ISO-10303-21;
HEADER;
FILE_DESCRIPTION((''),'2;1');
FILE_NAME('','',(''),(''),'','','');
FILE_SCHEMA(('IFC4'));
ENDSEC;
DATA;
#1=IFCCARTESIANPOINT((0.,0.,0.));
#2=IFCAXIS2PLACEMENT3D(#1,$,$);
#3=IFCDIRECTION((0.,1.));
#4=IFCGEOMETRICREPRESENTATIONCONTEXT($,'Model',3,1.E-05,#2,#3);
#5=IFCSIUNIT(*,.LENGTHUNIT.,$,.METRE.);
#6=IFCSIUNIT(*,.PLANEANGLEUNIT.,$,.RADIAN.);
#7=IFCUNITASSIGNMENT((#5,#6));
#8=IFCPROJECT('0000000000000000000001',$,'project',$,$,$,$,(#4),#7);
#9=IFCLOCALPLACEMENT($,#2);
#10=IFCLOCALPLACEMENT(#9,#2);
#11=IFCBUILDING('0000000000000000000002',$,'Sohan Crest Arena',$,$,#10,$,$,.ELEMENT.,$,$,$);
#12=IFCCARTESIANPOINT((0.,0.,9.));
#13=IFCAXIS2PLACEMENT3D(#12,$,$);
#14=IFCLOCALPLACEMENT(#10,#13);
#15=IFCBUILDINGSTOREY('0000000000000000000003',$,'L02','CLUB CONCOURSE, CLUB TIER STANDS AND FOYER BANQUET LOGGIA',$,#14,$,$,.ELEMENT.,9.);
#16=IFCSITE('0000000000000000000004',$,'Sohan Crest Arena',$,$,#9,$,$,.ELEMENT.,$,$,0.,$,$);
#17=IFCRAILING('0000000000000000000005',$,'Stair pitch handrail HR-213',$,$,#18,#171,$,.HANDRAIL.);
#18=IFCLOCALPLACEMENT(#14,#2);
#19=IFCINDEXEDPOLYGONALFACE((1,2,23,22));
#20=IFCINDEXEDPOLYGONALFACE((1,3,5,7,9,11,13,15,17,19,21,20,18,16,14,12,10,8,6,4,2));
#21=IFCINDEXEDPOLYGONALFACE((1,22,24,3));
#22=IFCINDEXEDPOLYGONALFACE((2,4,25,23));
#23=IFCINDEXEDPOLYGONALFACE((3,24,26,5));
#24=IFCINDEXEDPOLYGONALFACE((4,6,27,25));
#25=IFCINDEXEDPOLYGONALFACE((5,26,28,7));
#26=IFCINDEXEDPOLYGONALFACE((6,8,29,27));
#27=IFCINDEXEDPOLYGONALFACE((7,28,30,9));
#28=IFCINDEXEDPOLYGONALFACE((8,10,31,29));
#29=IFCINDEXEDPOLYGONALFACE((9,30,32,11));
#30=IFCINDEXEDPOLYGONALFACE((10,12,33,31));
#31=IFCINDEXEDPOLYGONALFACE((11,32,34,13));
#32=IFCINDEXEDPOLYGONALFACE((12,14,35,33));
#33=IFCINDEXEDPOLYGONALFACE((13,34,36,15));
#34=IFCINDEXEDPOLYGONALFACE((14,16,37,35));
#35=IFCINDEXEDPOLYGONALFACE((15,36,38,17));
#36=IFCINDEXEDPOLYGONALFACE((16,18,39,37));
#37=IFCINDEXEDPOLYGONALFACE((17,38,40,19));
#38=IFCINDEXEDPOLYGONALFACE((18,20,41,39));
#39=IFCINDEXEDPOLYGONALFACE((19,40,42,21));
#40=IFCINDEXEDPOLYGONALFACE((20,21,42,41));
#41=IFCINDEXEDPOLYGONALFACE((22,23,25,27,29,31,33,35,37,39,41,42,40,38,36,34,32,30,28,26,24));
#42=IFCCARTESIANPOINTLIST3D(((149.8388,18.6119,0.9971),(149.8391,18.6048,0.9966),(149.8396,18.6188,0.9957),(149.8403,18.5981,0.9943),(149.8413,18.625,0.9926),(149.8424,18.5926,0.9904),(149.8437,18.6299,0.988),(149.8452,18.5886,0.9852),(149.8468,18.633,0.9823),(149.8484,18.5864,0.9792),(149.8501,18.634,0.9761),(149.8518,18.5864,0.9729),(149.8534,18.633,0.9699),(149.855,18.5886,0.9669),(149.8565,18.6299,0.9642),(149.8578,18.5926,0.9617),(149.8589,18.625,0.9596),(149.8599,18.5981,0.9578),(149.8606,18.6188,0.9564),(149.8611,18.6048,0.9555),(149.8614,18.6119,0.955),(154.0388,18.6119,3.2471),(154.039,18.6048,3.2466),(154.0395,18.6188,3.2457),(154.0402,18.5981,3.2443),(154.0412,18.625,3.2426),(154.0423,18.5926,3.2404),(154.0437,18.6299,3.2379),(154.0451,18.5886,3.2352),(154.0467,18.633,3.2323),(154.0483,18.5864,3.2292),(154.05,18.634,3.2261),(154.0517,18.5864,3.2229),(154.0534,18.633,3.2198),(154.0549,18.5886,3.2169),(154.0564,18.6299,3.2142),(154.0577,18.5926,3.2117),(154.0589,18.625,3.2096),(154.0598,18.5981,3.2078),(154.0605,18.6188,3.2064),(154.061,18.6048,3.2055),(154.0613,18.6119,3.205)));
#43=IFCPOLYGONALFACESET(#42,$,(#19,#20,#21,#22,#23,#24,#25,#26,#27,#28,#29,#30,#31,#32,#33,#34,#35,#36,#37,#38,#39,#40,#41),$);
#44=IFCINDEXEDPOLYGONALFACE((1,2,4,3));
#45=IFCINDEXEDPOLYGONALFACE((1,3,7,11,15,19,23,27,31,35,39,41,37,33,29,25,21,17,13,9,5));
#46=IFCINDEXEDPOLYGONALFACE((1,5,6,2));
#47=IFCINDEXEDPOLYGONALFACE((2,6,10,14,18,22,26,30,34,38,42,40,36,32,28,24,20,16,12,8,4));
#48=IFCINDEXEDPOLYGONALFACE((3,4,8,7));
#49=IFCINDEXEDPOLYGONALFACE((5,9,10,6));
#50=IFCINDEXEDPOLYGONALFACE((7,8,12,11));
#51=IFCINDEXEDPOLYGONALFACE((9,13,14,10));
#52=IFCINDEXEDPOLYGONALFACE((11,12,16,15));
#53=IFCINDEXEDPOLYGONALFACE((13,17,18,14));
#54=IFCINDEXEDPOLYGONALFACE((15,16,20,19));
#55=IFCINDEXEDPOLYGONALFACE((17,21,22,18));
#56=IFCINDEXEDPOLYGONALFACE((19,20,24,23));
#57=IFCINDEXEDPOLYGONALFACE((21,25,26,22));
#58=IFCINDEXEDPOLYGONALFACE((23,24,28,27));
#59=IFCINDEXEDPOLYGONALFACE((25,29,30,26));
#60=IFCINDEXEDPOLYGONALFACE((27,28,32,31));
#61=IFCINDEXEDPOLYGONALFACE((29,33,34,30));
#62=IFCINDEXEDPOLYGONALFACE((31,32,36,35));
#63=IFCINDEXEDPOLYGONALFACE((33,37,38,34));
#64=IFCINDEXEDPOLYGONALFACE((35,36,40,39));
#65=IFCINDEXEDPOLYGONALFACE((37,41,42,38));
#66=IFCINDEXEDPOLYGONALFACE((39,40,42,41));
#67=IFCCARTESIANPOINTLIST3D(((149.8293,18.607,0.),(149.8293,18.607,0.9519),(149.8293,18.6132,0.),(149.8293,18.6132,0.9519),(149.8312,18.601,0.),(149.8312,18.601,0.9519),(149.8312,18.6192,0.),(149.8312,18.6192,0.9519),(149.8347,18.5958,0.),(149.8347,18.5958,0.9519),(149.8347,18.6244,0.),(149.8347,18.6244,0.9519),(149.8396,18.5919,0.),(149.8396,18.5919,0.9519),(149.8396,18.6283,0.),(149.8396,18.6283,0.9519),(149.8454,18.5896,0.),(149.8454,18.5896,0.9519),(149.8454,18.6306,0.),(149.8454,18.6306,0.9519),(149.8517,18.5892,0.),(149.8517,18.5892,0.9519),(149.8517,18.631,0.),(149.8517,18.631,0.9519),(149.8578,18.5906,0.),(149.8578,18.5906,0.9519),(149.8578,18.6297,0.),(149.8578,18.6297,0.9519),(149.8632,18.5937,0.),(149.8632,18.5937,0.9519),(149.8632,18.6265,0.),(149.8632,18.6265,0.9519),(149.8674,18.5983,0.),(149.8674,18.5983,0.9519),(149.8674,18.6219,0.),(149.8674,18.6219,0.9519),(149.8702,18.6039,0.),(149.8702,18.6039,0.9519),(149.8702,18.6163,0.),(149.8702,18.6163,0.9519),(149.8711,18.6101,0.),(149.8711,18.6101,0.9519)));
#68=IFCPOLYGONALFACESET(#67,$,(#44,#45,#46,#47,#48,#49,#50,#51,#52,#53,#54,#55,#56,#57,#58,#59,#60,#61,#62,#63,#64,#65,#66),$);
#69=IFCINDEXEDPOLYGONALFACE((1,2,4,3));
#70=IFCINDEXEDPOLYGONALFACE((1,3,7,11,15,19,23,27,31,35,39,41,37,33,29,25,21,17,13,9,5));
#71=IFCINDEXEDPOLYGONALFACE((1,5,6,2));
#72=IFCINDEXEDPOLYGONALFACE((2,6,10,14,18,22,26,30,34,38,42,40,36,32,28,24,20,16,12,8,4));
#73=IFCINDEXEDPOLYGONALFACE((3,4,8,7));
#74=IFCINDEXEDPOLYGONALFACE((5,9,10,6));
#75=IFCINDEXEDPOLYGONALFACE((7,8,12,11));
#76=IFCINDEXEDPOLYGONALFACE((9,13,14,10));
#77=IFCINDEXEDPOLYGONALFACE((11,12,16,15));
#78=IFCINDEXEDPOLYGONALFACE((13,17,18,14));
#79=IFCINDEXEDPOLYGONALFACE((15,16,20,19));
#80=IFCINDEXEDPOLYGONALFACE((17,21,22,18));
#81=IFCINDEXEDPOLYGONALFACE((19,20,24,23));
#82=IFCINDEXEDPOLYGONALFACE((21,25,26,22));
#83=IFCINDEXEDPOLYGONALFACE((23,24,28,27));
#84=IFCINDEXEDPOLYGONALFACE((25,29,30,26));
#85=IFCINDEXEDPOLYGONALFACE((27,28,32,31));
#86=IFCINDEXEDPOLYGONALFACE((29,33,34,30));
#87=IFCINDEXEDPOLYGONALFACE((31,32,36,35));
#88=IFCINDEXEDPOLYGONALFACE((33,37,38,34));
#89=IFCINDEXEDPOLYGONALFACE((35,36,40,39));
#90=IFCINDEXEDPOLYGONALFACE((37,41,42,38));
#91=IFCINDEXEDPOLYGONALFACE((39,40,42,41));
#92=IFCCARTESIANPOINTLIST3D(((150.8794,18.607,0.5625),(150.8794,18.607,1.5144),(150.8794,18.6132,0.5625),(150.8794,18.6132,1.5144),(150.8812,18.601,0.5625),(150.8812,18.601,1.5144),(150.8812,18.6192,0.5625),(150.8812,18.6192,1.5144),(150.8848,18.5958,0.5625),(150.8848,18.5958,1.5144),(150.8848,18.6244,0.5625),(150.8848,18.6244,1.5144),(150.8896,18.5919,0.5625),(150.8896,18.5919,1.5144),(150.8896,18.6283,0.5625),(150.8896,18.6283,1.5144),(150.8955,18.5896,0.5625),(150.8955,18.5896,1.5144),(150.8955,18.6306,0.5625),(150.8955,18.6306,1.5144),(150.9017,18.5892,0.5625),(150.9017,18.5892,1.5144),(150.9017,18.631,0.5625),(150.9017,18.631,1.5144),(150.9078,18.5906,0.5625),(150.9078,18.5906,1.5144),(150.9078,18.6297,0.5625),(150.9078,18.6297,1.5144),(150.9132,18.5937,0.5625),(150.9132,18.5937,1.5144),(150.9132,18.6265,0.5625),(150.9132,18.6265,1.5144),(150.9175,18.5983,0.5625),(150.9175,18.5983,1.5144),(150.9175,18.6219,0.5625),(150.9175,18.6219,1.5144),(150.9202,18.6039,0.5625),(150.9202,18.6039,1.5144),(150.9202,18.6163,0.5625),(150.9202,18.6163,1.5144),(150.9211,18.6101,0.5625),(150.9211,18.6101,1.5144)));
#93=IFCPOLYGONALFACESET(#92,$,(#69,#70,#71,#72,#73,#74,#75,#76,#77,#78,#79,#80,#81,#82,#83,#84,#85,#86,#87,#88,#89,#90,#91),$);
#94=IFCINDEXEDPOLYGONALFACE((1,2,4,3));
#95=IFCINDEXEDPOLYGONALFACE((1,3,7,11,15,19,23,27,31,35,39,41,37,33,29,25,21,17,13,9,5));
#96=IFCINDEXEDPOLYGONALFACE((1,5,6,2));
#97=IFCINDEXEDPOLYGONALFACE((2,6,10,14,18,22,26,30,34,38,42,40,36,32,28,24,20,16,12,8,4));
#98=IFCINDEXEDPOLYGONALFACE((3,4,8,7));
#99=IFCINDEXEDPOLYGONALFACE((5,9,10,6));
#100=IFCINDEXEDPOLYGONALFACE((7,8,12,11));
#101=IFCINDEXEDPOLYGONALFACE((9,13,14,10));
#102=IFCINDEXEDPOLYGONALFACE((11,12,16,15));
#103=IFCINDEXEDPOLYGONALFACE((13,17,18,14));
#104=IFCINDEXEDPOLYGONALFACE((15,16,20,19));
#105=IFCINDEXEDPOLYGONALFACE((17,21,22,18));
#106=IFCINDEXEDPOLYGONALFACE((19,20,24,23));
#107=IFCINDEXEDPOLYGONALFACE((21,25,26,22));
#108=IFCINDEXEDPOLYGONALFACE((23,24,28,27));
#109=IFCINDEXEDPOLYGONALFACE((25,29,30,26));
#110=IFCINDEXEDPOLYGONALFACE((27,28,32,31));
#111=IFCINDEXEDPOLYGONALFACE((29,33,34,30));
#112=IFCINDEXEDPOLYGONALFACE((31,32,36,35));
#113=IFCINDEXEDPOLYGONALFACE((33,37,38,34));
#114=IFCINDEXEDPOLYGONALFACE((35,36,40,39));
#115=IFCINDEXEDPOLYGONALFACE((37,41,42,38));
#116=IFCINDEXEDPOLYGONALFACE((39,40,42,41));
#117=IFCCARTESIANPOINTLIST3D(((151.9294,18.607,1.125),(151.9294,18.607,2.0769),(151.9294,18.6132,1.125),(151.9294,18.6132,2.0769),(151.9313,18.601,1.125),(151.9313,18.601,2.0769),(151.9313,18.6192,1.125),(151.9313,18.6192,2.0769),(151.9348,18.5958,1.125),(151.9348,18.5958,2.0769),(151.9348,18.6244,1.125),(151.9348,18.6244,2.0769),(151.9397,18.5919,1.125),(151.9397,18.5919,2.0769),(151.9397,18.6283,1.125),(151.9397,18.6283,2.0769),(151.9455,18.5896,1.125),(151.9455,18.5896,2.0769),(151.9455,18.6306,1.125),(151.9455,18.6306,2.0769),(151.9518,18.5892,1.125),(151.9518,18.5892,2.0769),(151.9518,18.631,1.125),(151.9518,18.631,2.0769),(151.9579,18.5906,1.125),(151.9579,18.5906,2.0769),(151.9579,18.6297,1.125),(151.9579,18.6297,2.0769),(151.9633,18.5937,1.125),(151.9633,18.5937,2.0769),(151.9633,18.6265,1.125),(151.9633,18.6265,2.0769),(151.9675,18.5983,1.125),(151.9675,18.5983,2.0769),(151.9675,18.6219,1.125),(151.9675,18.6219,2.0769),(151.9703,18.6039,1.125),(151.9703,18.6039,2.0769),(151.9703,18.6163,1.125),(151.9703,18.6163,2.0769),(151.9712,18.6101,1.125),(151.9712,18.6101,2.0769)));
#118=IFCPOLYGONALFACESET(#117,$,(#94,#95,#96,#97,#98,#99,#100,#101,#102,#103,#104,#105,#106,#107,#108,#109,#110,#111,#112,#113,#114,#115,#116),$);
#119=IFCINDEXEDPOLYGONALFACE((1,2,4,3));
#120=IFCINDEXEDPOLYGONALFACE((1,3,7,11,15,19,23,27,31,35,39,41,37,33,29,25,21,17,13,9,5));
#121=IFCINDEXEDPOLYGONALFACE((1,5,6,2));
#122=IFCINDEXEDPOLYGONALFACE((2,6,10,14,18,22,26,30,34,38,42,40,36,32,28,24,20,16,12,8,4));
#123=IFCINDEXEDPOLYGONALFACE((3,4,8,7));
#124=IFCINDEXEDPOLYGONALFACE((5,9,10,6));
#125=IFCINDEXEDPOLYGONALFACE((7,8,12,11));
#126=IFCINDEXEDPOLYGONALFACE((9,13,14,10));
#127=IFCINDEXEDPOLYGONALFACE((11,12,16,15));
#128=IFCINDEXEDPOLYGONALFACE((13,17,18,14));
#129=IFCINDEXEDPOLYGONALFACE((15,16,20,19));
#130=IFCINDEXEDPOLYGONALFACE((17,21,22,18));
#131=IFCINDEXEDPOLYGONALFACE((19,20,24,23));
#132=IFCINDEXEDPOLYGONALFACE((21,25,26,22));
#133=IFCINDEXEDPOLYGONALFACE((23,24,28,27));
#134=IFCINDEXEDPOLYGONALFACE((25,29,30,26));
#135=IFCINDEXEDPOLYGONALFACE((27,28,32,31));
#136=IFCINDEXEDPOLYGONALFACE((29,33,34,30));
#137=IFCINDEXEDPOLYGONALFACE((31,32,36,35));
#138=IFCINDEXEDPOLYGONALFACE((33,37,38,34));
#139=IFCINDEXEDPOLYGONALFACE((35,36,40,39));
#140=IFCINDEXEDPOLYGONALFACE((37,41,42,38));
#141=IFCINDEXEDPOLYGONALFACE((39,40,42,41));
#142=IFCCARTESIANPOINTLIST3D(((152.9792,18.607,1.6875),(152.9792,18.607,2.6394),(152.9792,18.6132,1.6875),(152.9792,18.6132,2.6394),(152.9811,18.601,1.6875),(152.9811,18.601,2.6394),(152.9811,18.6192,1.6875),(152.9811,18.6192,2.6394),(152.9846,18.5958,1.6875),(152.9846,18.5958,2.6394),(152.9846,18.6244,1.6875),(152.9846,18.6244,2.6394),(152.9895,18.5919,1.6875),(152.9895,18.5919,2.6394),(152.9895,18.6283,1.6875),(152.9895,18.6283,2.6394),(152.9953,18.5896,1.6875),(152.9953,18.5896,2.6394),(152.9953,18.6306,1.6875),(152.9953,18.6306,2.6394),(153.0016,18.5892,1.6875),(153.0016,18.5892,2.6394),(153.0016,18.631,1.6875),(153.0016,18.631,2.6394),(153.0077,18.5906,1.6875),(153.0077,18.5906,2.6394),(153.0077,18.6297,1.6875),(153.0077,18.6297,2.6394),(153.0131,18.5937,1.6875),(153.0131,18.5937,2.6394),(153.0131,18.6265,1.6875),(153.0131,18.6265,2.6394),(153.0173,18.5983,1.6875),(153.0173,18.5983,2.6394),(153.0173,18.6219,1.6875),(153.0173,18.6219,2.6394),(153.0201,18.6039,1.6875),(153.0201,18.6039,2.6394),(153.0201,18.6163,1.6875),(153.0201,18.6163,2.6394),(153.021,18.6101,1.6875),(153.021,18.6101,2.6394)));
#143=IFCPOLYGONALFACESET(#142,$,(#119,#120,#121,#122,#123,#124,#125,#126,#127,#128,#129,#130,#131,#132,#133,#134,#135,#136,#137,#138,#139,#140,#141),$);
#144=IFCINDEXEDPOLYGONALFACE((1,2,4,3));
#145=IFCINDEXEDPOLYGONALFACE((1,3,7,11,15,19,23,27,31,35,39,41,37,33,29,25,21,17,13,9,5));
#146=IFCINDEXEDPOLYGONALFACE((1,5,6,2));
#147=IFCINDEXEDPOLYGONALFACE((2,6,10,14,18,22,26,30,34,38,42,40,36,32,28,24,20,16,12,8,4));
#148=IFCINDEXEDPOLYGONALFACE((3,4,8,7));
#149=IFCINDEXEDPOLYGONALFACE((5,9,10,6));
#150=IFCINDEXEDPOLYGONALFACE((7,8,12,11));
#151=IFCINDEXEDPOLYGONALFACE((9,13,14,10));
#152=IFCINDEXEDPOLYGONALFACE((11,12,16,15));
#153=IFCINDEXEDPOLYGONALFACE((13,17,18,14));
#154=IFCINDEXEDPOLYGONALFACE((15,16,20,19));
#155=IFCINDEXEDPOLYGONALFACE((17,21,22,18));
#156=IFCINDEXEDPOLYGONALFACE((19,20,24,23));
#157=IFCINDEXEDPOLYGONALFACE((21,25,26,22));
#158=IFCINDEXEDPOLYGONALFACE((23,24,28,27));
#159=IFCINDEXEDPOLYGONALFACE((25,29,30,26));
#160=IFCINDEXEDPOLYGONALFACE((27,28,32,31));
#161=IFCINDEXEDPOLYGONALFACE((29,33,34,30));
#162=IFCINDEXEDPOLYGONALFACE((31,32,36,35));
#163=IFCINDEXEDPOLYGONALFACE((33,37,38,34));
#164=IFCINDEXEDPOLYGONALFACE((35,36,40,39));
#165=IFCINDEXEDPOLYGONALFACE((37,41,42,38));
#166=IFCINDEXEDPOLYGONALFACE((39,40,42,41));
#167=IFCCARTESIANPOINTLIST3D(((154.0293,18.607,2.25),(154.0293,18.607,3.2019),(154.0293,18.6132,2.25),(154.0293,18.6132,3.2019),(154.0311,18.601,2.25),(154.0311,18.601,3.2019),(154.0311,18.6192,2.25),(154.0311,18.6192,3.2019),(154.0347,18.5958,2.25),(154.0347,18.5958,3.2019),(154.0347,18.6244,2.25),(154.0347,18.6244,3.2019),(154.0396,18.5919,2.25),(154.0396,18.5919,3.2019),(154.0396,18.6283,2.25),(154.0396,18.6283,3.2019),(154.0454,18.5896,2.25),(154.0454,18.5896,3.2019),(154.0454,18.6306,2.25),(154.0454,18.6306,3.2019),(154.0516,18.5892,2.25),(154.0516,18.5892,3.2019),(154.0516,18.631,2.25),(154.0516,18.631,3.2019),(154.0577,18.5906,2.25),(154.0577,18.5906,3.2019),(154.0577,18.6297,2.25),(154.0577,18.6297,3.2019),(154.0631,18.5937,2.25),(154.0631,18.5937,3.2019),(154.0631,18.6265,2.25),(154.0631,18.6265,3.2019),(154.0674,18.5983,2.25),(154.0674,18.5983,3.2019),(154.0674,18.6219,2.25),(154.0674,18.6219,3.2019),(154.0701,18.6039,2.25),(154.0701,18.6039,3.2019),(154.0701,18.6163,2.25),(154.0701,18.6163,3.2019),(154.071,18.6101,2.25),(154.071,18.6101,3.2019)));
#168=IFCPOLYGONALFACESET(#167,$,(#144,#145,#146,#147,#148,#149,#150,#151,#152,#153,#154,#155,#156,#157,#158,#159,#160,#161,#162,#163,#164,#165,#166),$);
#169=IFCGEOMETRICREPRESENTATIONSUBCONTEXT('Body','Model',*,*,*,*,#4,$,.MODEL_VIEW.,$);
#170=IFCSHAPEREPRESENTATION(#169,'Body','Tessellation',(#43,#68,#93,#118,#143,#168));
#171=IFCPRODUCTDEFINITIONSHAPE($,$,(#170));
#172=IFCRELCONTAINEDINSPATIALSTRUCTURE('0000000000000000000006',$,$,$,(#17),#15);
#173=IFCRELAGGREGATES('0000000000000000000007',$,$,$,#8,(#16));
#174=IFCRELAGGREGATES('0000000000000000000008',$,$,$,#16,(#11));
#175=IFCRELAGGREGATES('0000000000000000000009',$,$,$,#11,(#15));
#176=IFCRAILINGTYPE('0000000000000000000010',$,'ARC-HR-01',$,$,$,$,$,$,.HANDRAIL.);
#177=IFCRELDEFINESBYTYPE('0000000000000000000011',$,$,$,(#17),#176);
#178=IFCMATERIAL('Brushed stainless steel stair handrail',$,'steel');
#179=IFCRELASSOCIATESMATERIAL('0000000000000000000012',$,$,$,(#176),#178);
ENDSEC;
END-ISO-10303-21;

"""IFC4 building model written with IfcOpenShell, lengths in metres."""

from ifc_helpers import new_model, si_unit, direction, frame, origin, origin_2d, place, context, subcontext, project, spatial, circle, extrude, material, type_object, element, save


model = new_model("IFC4")

# Units and contexts
model_context = context("Model", 3, precision=1e-05, world=origin(), true_north=direction((0.0, 1.0)))
body_context = subcontext(model_context, "Body", "Model", "MODEL_VIEW")
ifc_project = project(units=[si_unit("LENGTHUNIT", "METRE"), si_unit("PLANEANGLEUNIT", "RADIAN")], contexts=[model_context])

# Site, building, storey
site_placement = place(None, origin())
site = spatial("IfcSite", under=ifc_project, at=site_placement, Name="Sohan Crest Arena", CompositionType="ELEMENT", RefElevation=0.0)
building_placement = place(site_placement, origin())
building = spatial("IfcBuilding", under=site, at=building_placement, Name="Sohan Crest Arena", CompositionType="ELEMENT")
storey_placement = place(building_placement, frame((0.0, 0.0, 9.0)))
storey = spatial("IfcBuildingStorey", under=building, at=storey_placement, Name="L02", Description="CLUB CONCOURSE, CLUB TIER STANDS AND FOYER BANQUET LOGGIA", CompositionType="ELEMENT", Elevation=9.0)

# Railing
ifc_material_1 = material(Name="Brushed stainless steel stair handrail", Category="steel")
railing_type_1 = type_object("IfcRailingType", Name="ARC-HR-01", PredefinedType="HANDRAIL", material=ifc_material_1)
for number, where, name in (
    (1, (149.8501, 18.6101, 0.0), "Stair pitch handrail HR-213"),
):
    element("IfcRailing", number, at=place(storey_placement, frame(where)), inside=storey, type_object=railing_type_1, Name=name, PredefinedType="HANDRAIL", context=body_context, shape_type="SweptSolid", body=[
        extrude(circle(Radius=0.0239, at=origin_2d()), frame((0.0, 0.0, 0.9761), z_axis=(0.881478, 0.0, 0.472226), x_axis=(0.0, 1.0, 0.0)), (0.0, 0.0, 1.0), 4.7646),
        extrude(circle(Radius=0.021, at=origin_2d()), origin(), (0.0, 0.0, 1.0), 0.9519),
        extrude(circle(Radius=0.021, at=origin_2d()), frame((1.05, 0.0, 0.5625)), (0.0, 0.0, 1.0), 0.9519),
        extrude(circle(Radius=0.021, at=origin_2d()), frame((2.1001, 0.0, 1.125)), (0.0, 0.0, 1.0), 0.9519),
        extrude(circle(Radius=0.021, at=origin_2d()), frame((3.1499, 0.0, 1.6875)), (0.0, 0.0, 1.0), 0.9519),
        extrude(circle(Radius=0.021, at=origin_2d()), frame((4.2, 0.0, 2.25)), (0.0, 0.0, 1.0), 0.9519),
    ])

save(model, "model.ifc")
